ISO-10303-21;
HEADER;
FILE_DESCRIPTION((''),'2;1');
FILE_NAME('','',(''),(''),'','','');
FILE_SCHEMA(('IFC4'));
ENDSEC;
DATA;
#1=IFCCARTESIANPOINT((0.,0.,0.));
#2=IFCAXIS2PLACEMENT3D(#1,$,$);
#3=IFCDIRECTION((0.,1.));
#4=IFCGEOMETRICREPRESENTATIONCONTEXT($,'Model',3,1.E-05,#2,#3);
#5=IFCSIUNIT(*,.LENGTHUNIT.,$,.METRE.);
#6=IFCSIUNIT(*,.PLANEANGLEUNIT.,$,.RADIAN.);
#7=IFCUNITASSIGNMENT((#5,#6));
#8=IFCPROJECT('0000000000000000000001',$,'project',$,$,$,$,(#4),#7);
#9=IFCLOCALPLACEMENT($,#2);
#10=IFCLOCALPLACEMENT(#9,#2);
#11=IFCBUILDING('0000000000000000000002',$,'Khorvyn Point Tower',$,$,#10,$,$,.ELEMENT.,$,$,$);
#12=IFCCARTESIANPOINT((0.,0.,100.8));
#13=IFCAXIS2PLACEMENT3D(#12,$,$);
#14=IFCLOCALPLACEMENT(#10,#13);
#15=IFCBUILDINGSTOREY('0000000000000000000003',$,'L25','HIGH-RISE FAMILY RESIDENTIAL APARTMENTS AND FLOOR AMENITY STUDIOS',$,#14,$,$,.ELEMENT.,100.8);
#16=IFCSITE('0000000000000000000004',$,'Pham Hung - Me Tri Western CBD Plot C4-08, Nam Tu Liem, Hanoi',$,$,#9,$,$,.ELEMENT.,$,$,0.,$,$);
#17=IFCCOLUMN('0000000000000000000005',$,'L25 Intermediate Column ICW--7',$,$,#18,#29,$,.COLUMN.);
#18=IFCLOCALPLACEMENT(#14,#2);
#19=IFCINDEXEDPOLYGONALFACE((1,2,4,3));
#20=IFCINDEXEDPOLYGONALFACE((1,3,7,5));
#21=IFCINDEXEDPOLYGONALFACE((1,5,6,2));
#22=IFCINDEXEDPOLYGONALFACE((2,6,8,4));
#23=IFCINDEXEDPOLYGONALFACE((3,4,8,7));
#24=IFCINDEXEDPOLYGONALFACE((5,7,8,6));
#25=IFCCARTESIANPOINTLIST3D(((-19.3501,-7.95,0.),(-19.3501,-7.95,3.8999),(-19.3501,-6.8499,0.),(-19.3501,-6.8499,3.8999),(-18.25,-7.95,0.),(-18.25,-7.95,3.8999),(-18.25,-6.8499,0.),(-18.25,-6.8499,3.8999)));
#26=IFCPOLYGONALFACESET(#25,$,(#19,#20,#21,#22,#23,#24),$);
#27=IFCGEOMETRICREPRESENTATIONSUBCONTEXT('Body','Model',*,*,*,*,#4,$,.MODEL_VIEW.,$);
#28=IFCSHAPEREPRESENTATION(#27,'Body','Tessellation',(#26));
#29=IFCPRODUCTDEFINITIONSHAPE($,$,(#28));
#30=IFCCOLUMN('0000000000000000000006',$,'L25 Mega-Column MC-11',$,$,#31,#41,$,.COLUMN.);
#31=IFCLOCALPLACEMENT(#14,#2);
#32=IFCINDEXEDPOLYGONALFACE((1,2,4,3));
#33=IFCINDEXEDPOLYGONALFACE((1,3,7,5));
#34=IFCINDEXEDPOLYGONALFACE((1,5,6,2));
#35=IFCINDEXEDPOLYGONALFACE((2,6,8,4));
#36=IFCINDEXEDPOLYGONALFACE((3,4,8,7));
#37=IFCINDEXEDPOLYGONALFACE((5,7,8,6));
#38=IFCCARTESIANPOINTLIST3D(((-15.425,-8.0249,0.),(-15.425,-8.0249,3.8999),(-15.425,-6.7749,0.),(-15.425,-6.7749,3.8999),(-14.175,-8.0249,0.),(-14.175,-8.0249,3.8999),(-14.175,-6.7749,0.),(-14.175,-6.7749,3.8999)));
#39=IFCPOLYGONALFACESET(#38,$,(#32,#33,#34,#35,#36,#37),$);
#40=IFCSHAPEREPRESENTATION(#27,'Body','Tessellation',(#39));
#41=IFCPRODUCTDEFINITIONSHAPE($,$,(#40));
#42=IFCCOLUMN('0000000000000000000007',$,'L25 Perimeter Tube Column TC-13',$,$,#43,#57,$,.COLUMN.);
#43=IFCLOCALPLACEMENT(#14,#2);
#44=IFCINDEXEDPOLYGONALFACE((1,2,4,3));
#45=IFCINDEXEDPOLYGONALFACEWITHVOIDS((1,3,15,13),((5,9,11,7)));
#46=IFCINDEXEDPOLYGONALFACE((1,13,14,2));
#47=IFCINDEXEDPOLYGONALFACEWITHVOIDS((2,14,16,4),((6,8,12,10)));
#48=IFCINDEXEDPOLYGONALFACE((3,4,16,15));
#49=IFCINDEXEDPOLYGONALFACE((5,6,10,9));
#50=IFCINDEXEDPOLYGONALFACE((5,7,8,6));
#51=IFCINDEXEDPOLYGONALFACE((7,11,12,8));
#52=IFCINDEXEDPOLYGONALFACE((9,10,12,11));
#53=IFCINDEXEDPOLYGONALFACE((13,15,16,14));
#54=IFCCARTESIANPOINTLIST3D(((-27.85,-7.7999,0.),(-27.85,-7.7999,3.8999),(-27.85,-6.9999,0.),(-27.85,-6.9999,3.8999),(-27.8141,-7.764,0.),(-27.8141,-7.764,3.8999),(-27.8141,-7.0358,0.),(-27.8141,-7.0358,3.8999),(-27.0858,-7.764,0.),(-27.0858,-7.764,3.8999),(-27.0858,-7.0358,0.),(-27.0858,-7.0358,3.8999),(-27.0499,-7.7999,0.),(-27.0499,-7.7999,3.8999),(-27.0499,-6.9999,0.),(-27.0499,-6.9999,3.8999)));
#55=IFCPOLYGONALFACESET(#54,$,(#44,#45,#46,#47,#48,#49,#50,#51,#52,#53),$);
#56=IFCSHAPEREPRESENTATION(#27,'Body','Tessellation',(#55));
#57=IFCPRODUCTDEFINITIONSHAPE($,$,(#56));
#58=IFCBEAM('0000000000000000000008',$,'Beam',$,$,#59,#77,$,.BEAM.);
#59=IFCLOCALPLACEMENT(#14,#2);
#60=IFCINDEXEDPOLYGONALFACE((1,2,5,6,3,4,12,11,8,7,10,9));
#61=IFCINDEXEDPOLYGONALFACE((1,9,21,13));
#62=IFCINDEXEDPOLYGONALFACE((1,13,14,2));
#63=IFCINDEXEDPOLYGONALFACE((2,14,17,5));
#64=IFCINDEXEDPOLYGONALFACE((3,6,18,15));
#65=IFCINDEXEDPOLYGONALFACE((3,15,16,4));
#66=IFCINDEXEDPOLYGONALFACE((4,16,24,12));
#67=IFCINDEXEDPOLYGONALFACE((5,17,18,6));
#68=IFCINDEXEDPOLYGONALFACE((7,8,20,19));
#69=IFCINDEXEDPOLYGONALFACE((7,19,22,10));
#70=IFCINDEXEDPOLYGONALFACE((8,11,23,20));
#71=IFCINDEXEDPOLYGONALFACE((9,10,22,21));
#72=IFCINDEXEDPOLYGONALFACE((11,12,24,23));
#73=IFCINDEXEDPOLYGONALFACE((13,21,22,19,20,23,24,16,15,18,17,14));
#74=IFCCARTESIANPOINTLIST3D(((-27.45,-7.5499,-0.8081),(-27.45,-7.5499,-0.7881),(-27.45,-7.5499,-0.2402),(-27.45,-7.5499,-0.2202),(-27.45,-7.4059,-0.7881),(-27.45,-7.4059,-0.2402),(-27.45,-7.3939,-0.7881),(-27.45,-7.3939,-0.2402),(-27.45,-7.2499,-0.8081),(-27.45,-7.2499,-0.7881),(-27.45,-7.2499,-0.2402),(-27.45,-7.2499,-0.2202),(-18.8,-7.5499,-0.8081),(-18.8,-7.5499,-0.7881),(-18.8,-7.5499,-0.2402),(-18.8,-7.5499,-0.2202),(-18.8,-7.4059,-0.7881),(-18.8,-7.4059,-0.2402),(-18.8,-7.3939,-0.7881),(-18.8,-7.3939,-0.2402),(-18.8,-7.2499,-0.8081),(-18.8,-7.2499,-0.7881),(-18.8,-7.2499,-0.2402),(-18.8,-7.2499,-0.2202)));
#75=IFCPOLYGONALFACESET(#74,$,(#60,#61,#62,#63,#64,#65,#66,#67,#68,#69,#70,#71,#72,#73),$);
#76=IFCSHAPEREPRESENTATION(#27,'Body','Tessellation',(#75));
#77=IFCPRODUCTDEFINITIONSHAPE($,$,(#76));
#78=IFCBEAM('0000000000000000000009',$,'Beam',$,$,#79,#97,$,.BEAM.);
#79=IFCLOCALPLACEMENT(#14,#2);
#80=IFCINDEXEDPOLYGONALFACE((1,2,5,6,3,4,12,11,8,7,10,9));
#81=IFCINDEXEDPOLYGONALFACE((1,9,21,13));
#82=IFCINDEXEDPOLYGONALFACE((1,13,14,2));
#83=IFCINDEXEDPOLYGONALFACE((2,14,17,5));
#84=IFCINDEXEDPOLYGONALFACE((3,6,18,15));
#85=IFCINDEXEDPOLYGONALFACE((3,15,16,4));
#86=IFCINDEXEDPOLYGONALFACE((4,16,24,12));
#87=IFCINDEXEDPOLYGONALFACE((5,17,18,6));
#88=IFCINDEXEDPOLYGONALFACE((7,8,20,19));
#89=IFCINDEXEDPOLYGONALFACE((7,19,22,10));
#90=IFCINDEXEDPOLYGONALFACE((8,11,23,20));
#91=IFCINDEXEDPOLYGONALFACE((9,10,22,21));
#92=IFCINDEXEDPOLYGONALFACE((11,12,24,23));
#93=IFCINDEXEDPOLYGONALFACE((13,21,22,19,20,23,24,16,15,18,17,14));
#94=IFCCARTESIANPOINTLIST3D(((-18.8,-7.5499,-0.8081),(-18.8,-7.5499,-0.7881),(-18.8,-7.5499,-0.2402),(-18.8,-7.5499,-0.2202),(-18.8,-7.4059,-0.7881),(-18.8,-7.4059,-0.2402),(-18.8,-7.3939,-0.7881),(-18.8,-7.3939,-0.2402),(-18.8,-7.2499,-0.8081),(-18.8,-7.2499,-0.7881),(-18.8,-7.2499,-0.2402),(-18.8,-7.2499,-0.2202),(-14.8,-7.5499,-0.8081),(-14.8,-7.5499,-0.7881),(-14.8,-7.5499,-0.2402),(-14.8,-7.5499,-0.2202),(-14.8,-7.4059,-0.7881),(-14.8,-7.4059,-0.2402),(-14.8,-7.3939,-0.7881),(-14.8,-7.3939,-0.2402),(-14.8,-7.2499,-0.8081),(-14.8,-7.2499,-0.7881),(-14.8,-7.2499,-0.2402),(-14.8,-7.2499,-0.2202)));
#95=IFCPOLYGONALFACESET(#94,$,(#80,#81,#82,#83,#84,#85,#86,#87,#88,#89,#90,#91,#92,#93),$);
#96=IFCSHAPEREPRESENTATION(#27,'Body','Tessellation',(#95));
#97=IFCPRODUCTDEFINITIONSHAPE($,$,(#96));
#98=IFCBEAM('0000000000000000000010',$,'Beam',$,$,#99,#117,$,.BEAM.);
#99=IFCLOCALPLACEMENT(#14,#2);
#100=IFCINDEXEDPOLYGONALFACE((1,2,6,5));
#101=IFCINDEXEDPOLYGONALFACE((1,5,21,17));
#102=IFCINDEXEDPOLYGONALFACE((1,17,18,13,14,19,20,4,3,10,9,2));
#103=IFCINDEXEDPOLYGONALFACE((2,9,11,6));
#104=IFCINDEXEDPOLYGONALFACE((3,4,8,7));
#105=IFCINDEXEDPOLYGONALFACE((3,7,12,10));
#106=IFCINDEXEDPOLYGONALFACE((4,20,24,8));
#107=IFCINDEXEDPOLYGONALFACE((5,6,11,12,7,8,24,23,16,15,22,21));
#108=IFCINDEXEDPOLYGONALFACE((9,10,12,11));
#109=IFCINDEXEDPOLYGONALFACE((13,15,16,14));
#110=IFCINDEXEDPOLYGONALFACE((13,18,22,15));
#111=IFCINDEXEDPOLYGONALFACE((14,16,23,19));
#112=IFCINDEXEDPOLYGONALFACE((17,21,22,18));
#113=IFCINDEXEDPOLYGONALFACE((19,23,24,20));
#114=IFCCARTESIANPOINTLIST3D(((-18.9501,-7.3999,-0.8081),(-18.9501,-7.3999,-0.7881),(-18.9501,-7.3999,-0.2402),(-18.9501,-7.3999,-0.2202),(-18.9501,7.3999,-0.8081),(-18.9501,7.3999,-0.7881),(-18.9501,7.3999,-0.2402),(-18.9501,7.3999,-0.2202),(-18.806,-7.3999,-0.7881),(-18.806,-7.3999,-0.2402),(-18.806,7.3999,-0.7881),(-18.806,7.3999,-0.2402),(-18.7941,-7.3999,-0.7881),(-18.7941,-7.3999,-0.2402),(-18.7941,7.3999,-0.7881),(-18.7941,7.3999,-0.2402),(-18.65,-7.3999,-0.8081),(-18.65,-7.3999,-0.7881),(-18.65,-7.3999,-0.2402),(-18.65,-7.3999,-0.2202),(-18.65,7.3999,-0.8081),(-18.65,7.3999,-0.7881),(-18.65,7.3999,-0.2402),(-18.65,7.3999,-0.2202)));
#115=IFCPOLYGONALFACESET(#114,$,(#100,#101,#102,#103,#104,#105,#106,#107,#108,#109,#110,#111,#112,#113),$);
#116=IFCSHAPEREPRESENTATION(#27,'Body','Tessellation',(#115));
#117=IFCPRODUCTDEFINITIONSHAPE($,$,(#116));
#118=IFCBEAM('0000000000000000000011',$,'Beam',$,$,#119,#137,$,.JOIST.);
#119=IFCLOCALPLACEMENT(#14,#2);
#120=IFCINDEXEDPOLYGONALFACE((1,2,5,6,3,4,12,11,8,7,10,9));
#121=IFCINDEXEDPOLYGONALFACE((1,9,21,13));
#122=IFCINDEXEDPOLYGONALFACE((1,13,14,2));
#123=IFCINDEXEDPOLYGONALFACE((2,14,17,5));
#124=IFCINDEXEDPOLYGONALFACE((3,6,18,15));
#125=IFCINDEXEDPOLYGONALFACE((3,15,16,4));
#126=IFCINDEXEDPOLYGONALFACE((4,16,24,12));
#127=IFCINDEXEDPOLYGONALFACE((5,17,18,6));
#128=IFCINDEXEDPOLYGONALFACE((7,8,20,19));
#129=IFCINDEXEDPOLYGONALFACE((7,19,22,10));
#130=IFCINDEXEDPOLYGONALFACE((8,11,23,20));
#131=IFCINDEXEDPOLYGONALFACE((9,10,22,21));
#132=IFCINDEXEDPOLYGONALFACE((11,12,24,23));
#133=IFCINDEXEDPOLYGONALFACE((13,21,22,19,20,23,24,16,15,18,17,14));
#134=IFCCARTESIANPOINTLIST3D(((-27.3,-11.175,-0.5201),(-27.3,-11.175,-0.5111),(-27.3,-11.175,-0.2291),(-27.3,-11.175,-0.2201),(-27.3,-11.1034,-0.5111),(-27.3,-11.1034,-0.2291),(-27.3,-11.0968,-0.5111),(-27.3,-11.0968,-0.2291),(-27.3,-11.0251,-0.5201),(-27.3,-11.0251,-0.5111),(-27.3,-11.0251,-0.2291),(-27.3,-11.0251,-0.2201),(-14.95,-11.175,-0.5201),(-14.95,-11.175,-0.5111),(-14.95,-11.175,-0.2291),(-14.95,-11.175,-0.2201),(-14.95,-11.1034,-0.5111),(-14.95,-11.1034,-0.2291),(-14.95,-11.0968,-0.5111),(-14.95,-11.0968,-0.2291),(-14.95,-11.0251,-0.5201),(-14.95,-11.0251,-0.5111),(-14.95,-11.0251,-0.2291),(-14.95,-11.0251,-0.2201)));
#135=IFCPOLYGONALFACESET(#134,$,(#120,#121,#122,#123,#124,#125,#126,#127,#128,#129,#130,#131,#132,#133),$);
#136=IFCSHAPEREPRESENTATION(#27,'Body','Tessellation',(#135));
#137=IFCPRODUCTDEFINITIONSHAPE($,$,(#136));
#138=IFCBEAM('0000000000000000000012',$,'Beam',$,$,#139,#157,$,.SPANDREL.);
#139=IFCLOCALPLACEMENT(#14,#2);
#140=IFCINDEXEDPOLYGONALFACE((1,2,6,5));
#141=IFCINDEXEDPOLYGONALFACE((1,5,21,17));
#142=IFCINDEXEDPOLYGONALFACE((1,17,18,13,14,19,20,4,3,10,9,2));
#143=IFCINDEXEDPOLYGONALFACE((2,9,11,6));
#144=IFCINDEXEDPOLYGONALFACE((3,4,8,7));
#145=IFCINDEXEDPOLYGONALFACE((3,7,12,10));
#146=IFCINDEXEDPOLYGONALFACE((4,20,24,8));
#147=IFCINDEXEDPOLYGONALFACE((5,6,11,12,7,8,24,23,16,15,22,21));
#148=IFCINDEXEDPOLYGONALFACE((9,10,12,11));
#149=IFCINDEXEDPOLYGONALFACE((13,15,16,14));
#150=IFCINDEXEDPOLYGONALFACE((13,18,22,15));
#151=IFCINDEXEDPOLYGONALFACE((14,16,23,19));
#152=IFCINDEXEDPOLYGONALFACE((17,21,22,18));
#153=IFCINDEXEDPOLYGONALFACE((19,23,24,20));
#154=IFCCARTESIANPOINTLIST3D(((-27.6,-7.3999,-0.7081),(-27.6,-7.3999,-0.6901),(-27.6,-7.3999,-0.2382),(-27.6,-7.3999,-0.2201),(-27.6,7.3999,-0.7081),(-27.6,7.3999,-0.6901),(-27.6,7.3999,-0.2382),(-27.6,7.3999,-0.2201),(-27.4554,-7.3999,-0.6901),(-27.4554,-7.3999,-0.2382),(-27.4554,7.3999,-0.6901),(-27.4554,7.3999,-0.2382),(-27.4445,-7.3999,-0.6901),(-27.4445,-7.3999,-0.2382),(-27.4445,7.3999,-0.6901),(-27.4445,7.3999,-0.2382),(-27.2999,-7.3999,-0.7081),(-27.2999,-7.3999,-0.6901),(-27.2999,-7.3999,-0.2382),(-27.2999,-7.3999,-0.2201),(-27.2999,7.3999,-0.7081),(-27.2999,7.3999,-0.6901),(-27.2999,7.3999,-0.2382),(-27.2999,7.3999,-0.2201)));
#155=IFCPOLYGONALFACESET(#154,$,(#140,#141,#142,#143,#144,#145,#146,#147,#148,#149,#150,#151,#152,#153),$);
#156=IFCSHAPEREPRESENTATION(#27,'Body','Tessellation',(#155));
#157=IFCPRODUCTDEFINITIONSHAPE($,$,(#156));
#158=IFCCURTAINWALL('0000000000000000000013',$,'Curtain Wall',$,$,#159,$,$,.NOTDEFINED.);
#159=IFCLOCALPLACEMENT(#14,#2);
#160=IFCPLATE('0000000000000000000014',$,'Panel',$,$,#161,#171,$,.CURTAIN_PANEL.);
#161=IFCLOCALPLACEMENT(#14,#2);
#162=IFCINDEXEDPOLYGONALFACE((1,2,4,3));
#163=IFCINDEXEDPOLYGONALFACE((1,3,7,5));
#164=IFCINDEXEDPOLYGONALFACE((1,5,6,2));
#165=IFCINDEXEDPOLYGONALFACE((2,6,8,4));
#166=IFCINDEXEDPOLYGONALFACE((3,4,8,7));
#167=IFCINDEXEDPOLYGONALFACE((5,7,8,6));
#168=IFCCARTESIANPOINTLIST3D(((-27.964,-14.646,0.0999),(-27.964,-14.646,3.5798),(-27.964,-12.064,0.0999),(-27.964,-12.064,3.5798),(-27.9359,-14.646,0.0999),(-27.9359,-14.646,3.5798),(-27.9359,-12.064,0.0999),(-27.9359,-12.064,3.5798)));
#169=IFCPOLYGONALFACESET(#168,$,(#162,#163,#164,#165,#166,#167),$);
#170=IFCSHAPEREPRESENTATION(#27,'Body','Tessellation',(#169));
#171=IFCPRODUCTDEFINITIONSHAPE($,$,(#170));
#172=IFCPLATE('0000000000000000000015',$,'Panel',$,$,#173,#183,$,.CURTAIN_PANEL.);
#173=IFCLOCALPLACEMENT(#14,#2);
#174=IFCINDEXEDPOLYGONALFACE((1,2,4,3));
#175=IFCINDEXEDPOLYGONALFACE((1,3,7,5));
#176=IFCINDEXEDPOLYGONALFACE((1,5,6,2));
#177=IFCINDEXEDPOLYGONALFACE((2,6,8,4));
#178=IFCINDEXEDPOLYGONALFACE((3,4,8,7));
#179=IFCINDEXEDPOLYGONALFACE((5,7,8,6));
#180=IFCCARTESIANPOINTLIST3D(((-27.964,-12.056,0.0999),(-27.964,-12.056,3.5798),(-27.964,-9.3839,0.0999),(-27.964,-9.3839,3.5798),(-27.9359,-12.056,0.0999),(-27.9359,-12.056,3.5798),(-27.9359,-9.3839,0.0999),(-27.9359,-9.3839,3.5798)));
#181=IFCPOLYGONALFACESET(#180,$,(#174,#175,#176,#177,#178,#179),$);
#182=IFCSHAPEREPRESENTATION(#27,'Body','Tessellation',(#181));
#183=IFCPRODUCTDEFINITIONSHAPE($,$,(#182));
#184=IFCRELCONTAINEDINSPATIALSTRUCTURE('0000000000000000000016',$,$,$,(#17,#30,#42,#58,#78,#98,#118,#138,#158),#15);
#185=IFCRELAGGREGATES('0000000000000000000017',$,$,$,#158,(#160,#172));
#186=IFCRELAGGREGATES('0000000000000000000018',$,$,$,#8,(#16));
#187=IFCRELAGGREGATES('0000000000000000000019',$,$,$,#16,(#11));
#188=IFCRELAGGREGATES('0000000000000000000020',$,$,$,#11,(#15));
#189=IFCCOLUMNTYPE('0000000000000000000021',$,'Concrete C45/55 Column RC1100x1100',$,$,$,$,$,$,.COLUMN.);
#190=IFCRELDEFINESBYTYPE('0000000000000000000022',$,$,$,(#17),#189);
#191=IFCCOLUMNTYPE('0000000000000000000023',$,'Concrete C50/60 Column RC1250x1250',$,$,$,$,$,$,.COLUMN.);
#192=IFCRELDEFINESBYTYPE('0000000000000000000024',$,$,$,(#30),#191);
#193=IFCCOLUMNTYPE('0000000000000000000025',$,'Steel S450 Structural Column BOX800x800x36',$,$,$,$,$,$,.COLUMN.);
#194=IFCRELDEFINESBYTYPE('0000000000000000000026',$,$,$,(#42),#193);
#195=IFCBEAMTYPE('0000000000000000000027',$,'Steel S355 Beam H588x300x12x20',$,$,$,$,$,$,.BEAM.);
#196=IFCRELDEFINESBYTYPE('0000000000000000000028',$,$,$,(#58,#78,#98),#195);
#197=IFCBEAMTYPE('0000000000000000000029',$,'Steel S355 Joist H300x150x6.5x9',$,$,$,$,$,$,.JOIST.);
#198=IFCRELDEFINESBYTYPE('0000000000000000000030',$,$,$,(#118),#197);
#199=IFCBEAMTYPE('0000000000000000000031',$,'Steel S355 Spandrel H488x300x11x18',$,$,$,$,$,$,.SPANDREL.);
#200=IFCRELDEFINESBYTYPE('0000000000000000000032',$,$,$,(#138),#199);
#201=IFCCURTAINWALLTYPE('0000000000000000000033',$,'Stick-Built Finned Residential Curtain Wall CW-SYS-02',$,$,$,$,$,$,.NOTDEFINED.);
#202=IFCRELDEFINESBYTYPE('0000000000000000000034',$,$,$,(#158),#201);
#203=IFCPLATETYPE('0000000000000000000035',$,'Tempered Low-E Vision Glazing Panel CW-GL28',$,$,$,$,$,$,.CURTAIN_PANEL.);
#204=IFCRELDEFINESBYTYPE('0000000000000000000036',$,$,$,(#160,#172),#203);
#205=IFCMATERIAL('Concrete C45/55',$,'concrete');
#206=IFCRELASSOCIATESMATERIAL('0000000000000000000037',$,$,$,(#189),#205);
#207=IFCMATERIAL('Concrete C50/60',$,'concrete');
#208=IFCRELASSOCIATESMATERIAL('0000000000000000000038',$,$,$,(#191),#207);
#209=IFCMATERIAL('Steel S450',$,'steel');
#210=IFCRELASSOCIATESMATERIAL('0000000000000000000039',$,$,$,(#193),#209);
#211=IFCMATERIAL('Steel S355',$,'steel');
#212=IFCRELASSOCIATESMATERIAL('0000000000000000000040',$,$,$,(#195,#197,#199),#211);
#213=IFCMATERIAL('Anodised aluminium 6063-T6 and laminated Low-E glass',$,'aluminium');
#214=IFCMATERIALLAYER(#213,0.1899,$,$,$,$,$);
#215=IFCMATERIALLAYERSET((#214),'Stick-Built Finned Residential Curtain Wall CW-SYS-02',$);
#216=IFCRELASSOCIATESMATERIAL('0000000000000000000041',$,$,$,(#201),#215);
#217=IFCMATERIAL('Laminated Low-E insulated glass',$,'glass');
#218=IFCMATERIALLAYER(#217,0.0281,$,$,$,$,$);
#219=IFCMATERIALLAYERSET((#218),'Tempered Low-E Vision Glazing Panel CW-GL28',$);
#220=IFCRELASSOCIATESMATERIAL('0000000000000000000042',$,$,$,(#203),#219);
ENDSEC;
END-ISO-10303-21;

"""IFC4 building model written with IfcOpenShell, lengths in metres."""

from ifc_helpers import new_model, si_unit, direction, frame, origin, origin_2d, place, context, subcontext, project, spatial, rectangle, hollow_rectangle, i_section, extrude, material, layer, layer_set, material_profile, profile_set, type_object, element, aggregate, save


model = new_model("IFC4")

# Units and contexts
model_context = context("Model", 3, precision=1e-05, world=origin(), true_north=direction((0.0, 1.0)))
body_context = subcontext(model_context, "Body", "Model", "MODEL_VIEW")
ifc_project = project(units=[si_unit("LENGTHUNIT", "METRE"), si_unit("PLANEANGLEUNIT", "RADIAN")], contexts=[model_context])

# Site, building, storey
site_placement = place(None, origin())
site = spatial("IfcSite", under=ifc_project, at=site_placement, Name="Pham Hung - Me Tri Western CBD Plot C4-08, Nam Tu Liem, Hanoi", CompositionType="ELEMENT", RefElevation=0.0)
building_placement = place(site_placement, origin())
building = spatial("IfcBuilding", under=site, at=building_placement, Name="Khorvyn Point Tower", CompositionType="ELEMENT")
storey_placement = place(building_placement, frame((0.0, 0.0, 100.8)))
storey = spatial("IfcBuildingStorey", under=building, at=storey_placement, Name="L25", Description="HIGH-RISE FAMILY RESIDENTIAL APARTMENTS AND FLOOR AMENITY STUDIOS", CompositionType="ELEMENT", Elevation=100.8)

# Columns
ifc_material_1 = material(Name="Concrete C45/55", Category="concrete")
ifc_material_profile_1 = material_profile(ifc_material_1, rectangle(XDim=1.1001, YDim=1.1001, at=origin_2d()))
ifc_profile_set_1 = profile_set([ifc_material_profile_1], Name="Concrete C45/55 RC1100x1100")
column_type_1 = type_object("IfcColumnType", Name="Concrete C45/55 Column RC1100x1100", PredefinedType="COLUMN", material=ifc_profile_set_1)
column_1_placement = place(storey_placement, frame((-18.8, -7.3999, 0.0), z_axis=(0.0, 0.0, 1.0), x_axis=(1.0, 0.0, 0.0)))
element("IfcColumn", 1, at=column_1_placement, inside=storey, type_object=column_type_1, Name="L25 Intermediate Column ICW--7", PredefinedType="COLUMN", context=body_context, shape_type="SweptSolid", body=[
    extrude(rectangle(XDim=1.1001, YDim=1.1001, at=origin_2d()), origin(), (0.0, 0.0, 1.0), 3.8999),
])
ifc_material_2 = material(Name="Concrete C50/60", Category="concrete")
ifc_material_profile_2 = material_profile(ifc_material_2, rectangle(XDim=1.25, YDim=1.25, at=origin_2d()))
ifc_profile_set_2 = profile_set([ifc_material_profile_2], Name="Concrete C50/60 RC1250x1250")
column_type_2 = type_object("IfcColumnType", Name="Concrete C50/60 Column RC1250x1250", PredefinedType="COLUMN", material=ifc_profile_set_2)
column_2_placement = place(storey_placement, frame((-14.8, -7.3999, 0.0), z_axis=(0.0, 0.0, 1.0), x_axis=(1.0, 0.0, 0.0)))
element("IfcColumn", 2, at=column_2_placement, inside=storey, type_object=column_type_2, Name="L25 Mega-Column MC-11", PredefinedType="COLUMN", context=body_context, shape_type="SweptSolid", body=[
    extrude(rectangle(XDim=1.25, YDim=1.25, at=origin_2d()), origin(), (0.0, 0.0, 1.0), 3.8999),
])
ifc_material_3 = material(Name="Steel S450", Category="steel")
ifc_material_profile_3 = material_profile(ifc_material_3, hollow_rectangle(XDim=0.8, YDim=0.8, WallThickness=0.0359, at=origin_2d()))
ifc_profile_set_3 = profile_set([ifc_material_profile_3], Name="Steel S450 BOX800x800x36")
column_type_3 = type_object("IfcColumnType", Name="Steel S450 Structural Column BOX800x800x36", PredefinedType="COLUMN", material=ifc_profile_set_3)
column_3_placement = place(storey_placement, frame((-27.45, -7.3999, 0.0), z_axis=(0.0, 0.0, 1.0), x_axis=(1.0, 0.0, 0.0)))
element("IfcColumn", 3, at=column_3_placement, inside=storey, type_object=column_type_3, Name="L25 Perimeter Tube Column TC-13", PredefinedType="COLUMN", context=body_context, shape_type="SweptSolid", body=[
    extrude(hollow_rectangle(XDim=0.8, YDim=0.8, WallThickness=0.0359, at=origin_2d()), origin(), (0.0, 0.0, 1.0), 3.8999),
])

# Beams
ifc_material_4 = material(Name="Steel S355", Category="steel")
ifc_material_profile_4 = material_profile(ifc_material_4, i_section(OverallWidth=0.3, OverallDepth=0.5879, WebThickness=0.012, FlangeThickness=0.02, at=origin_2d()))
ifc_profile_set_4 = profile_set([ifc_material_profile_4], Name="Steel S355 H588x300x12x20")
beam_type_1 = type_object("IfcBeamType", Name="Steel S355 Beam H588x300x12x20", PredefinedType="BEAM", material=ifc_profile_set_4)
beam_1_placement = place(storey_placement, frame((-27.45, -7.3999, -0.5142), z_axis=(1.0, 0.0, 0.0), x_axis=(0.0, 1.0, 0.0)))
element("IfcBeam", 4, at=beam_1_placement, inside=storey, type_object=beam_type_1, Name="Beam", PredefinedType="BEAM", context=body_context, shape_type="SweptSolid", body=[
    extrude(i_section(OverallWidth=0.3, OverallDepth=0.5879, WebThickness=0.012, FlangeThickness=0.02, at=origin_2d()), origin(), (0.0, 0.0, 1.0), 8.6499),
])
beam_2_placement = place(storey_placement, frame((-18.8, -7.3999, -0.5142), z_axis=(1.0, 0.0, 0.0), x_axis=(0.0, 1.0, 0.0)))
element("IfcBeam", 5, at=beam_2_placement, inside=storey, type_object=beam_type_1, Name="Beam", PredefinedType="BEAM", context=body_context, shape_type="SweptSolid", body=[
    extrude(i_section(OverallWidth=0.3, OverallDepth=0.5879, WebThickness=0.012, FlangeThickness=0.02, at=origin_2d()), origin(), (0.0, 0.0, 1.0), 4.0),
])
beam_3_placement = place(storey_placement, frame((-18.8, -7.3999, -0.5142), z_axis=(0.0, 1.0, 0.0), x_axis=(-1.0, 0.0, 0.0)))
element("IfcBeam", 6, at=beam_3_placement, inside=storey, type_object=beam_type_1, Name="Beam", PredefinedType="BEAM", context=body_context, shape_type="SweptSolid", body=[
    extrude(i_section(OverallWidth=0.3, OverallDepth=0.5879, WebThickness=0.012, FlangeThickness=0.02, at=origin_2d()), origin(), (0.0, 0.0, 1.0), 14.7998),
])
ifc_material_profile_5 = material_profile(ifc_material_4, i_section(OverallWidth=0.1499, OverallDepth=0.3, WebThickness=0.0066, FlangeThickness=0.009, at=origin_2d()))
ifc_profile_set_5 = profile_set([ifc_material_profile_5], Name="Steel S355 H300x150x6.5x9")
beam_type_2 = type_object("IfcBeamType", Name="Steel S355 Joist H300x150x6.5x9", PredefinedType="JOIST", material=ifc_profile_set_5)
beam_4_placement = place(storey_placement, frame((-27.3, -11.1001, -0.3701), z_axis=(1.0, 0.0, 0.0), x_axis=(0.0, 1.0, 0.0)))
element("IfcBeam", 7, at=beam_4_placement, inside=storey, type_object=beam_type_2, Name="Beam", PredefinedType="JOIST", context=body_context, shape_type="SweptSolid", body=[
    extrude(i_section(OverallWidth=0.1499, OverallDepth=0.3, WebThickness=0.0066, FlangeThickness=0.009, at=origin_2d()), origin(), (0.0, 0.0, 1.0), 12.3501),
])
ifc_material_profile_6 = material_profile(ifc_material_4, i_section(OverallWidth=0.3, OverallDepth=0.488, WebThickness=0.011, FlangeThickness=0.0181, at=origin_2d()))
ifc_profile_set_6 = profile_set([ifc_material_profile_6], Name="Steel S355 H488x300x11x18")
beam_type_3 = type_object("IfcBeamType", Name="Steel S355 Spandrel H488x300x11x18", PredefinedType="SPANDREL", material=ifc_profile_set_6)
beam_5_placement = place(storey_placement, frame((-27.45, -7.3999, -0.4641), z_axis=(0.0, 1.0, 0.0), x_axis=(-1.0, 0.0, 0.0)))
element("IfcBeam", 8, at=beam_5_placement, inside=storey, type_object=beam_type_3, Name="Beam", PredefinedType="SPANDREL", context=body_context, shape_type="SweptSolid", body=[
    extrude(i_section(OverallWidth=0.3, OverallDepth=0.488, WebThickness=0.011, FlangeThickness=0.0181, at=origin_2d()), origin(), (0.0, 0.0, 1.0), 14.7998),
])

# Curtain wall, plates
ifc_material_5 = material(Name="Anodised aluminium 6063-T6 and laminated Low-E glass", Category="aluminium")
ifc_layer_1 = layer(ifc_material_5, 0.1899)
ifc_layer_set_1 = layer_set([ifc_layer_1], Name="Stick-Built Finned Residential Curtain Wall CW-SYS-02")
curtain_wall_type = type_object("IfcCurtainWallType", Name="Stick-Built Finned Residential Curtain Wall CW-SYS-02", PredefinedType="NOTDEFINED", material=ifc_layer_set_1)
curtain_wall_placement = place(storey_placement, origin())
curtain_wall = element("IfcCurtainWall", 9, at=curtain_wall_placement, inside=storey, type_object=curtain_wall_type, Name="Curtain Wall", PredefinedType="NOTDEFINED")
ifc_material_6 = material(Name="Laminated Low-E insulated glass", Category="glass")
ifc_layer_2 = layer(ifc_material_6, 0.0281)
ifc_layer_set_2 = layer_set([ifc_layer_2], Name="Tempered Low-E Vision Glazing Panel CW-GL28")
plate_type = type_object("IfcPlateType", Name="Tempered Low-E Vision Glazing Panel CW-GL28", PredefinedType="CURTAIN_PANEL", material=ifc_layer_set_2)
plate_1_placement = place(storey_placement, frame((-27.95, -13.355, 0.0999), z_axis=(0.0, 0.0, 1.0), x_axis=(0.0, 1.0, 0.0)))
plate_1 = element("IfcPlate", 10, at=plate_1_placement, type_object=plate_type, Name="Panel", PredefinedType="CURTAIN_PANEL", context=body_context, shape_type="SweptSolid", body=[
    extrude(rectangle(XDim=2.582, YDim=0.0281, at=origin_2d()), origin(), (0.0, 0.0, 1.0), 3.48),
])
plate_2_placement = place(storey_placement, frame((-27.95, -10.72, 0.0999), z_axis=(0.0, 0.0, 1.0), x_axis=(0.0, 1.0, 0.0)))
plate_2 = element("IfcPlate", 11, at=plate_2_placement, type_object=plate_type, Name="Panel", PredefinedType="CURTAIN_PANEL", context=body_context, shape_type="SweptSolid", body=[
    extrude(rectangle(XDim=2.6721, YDim=0.0281, at=origin_2d()), origin(), (0.0, 0.0, 1.0), 3.48),
])
aggregate(curtain_wall, [plate_1, plate_2])

save(model, "model.ifc")
